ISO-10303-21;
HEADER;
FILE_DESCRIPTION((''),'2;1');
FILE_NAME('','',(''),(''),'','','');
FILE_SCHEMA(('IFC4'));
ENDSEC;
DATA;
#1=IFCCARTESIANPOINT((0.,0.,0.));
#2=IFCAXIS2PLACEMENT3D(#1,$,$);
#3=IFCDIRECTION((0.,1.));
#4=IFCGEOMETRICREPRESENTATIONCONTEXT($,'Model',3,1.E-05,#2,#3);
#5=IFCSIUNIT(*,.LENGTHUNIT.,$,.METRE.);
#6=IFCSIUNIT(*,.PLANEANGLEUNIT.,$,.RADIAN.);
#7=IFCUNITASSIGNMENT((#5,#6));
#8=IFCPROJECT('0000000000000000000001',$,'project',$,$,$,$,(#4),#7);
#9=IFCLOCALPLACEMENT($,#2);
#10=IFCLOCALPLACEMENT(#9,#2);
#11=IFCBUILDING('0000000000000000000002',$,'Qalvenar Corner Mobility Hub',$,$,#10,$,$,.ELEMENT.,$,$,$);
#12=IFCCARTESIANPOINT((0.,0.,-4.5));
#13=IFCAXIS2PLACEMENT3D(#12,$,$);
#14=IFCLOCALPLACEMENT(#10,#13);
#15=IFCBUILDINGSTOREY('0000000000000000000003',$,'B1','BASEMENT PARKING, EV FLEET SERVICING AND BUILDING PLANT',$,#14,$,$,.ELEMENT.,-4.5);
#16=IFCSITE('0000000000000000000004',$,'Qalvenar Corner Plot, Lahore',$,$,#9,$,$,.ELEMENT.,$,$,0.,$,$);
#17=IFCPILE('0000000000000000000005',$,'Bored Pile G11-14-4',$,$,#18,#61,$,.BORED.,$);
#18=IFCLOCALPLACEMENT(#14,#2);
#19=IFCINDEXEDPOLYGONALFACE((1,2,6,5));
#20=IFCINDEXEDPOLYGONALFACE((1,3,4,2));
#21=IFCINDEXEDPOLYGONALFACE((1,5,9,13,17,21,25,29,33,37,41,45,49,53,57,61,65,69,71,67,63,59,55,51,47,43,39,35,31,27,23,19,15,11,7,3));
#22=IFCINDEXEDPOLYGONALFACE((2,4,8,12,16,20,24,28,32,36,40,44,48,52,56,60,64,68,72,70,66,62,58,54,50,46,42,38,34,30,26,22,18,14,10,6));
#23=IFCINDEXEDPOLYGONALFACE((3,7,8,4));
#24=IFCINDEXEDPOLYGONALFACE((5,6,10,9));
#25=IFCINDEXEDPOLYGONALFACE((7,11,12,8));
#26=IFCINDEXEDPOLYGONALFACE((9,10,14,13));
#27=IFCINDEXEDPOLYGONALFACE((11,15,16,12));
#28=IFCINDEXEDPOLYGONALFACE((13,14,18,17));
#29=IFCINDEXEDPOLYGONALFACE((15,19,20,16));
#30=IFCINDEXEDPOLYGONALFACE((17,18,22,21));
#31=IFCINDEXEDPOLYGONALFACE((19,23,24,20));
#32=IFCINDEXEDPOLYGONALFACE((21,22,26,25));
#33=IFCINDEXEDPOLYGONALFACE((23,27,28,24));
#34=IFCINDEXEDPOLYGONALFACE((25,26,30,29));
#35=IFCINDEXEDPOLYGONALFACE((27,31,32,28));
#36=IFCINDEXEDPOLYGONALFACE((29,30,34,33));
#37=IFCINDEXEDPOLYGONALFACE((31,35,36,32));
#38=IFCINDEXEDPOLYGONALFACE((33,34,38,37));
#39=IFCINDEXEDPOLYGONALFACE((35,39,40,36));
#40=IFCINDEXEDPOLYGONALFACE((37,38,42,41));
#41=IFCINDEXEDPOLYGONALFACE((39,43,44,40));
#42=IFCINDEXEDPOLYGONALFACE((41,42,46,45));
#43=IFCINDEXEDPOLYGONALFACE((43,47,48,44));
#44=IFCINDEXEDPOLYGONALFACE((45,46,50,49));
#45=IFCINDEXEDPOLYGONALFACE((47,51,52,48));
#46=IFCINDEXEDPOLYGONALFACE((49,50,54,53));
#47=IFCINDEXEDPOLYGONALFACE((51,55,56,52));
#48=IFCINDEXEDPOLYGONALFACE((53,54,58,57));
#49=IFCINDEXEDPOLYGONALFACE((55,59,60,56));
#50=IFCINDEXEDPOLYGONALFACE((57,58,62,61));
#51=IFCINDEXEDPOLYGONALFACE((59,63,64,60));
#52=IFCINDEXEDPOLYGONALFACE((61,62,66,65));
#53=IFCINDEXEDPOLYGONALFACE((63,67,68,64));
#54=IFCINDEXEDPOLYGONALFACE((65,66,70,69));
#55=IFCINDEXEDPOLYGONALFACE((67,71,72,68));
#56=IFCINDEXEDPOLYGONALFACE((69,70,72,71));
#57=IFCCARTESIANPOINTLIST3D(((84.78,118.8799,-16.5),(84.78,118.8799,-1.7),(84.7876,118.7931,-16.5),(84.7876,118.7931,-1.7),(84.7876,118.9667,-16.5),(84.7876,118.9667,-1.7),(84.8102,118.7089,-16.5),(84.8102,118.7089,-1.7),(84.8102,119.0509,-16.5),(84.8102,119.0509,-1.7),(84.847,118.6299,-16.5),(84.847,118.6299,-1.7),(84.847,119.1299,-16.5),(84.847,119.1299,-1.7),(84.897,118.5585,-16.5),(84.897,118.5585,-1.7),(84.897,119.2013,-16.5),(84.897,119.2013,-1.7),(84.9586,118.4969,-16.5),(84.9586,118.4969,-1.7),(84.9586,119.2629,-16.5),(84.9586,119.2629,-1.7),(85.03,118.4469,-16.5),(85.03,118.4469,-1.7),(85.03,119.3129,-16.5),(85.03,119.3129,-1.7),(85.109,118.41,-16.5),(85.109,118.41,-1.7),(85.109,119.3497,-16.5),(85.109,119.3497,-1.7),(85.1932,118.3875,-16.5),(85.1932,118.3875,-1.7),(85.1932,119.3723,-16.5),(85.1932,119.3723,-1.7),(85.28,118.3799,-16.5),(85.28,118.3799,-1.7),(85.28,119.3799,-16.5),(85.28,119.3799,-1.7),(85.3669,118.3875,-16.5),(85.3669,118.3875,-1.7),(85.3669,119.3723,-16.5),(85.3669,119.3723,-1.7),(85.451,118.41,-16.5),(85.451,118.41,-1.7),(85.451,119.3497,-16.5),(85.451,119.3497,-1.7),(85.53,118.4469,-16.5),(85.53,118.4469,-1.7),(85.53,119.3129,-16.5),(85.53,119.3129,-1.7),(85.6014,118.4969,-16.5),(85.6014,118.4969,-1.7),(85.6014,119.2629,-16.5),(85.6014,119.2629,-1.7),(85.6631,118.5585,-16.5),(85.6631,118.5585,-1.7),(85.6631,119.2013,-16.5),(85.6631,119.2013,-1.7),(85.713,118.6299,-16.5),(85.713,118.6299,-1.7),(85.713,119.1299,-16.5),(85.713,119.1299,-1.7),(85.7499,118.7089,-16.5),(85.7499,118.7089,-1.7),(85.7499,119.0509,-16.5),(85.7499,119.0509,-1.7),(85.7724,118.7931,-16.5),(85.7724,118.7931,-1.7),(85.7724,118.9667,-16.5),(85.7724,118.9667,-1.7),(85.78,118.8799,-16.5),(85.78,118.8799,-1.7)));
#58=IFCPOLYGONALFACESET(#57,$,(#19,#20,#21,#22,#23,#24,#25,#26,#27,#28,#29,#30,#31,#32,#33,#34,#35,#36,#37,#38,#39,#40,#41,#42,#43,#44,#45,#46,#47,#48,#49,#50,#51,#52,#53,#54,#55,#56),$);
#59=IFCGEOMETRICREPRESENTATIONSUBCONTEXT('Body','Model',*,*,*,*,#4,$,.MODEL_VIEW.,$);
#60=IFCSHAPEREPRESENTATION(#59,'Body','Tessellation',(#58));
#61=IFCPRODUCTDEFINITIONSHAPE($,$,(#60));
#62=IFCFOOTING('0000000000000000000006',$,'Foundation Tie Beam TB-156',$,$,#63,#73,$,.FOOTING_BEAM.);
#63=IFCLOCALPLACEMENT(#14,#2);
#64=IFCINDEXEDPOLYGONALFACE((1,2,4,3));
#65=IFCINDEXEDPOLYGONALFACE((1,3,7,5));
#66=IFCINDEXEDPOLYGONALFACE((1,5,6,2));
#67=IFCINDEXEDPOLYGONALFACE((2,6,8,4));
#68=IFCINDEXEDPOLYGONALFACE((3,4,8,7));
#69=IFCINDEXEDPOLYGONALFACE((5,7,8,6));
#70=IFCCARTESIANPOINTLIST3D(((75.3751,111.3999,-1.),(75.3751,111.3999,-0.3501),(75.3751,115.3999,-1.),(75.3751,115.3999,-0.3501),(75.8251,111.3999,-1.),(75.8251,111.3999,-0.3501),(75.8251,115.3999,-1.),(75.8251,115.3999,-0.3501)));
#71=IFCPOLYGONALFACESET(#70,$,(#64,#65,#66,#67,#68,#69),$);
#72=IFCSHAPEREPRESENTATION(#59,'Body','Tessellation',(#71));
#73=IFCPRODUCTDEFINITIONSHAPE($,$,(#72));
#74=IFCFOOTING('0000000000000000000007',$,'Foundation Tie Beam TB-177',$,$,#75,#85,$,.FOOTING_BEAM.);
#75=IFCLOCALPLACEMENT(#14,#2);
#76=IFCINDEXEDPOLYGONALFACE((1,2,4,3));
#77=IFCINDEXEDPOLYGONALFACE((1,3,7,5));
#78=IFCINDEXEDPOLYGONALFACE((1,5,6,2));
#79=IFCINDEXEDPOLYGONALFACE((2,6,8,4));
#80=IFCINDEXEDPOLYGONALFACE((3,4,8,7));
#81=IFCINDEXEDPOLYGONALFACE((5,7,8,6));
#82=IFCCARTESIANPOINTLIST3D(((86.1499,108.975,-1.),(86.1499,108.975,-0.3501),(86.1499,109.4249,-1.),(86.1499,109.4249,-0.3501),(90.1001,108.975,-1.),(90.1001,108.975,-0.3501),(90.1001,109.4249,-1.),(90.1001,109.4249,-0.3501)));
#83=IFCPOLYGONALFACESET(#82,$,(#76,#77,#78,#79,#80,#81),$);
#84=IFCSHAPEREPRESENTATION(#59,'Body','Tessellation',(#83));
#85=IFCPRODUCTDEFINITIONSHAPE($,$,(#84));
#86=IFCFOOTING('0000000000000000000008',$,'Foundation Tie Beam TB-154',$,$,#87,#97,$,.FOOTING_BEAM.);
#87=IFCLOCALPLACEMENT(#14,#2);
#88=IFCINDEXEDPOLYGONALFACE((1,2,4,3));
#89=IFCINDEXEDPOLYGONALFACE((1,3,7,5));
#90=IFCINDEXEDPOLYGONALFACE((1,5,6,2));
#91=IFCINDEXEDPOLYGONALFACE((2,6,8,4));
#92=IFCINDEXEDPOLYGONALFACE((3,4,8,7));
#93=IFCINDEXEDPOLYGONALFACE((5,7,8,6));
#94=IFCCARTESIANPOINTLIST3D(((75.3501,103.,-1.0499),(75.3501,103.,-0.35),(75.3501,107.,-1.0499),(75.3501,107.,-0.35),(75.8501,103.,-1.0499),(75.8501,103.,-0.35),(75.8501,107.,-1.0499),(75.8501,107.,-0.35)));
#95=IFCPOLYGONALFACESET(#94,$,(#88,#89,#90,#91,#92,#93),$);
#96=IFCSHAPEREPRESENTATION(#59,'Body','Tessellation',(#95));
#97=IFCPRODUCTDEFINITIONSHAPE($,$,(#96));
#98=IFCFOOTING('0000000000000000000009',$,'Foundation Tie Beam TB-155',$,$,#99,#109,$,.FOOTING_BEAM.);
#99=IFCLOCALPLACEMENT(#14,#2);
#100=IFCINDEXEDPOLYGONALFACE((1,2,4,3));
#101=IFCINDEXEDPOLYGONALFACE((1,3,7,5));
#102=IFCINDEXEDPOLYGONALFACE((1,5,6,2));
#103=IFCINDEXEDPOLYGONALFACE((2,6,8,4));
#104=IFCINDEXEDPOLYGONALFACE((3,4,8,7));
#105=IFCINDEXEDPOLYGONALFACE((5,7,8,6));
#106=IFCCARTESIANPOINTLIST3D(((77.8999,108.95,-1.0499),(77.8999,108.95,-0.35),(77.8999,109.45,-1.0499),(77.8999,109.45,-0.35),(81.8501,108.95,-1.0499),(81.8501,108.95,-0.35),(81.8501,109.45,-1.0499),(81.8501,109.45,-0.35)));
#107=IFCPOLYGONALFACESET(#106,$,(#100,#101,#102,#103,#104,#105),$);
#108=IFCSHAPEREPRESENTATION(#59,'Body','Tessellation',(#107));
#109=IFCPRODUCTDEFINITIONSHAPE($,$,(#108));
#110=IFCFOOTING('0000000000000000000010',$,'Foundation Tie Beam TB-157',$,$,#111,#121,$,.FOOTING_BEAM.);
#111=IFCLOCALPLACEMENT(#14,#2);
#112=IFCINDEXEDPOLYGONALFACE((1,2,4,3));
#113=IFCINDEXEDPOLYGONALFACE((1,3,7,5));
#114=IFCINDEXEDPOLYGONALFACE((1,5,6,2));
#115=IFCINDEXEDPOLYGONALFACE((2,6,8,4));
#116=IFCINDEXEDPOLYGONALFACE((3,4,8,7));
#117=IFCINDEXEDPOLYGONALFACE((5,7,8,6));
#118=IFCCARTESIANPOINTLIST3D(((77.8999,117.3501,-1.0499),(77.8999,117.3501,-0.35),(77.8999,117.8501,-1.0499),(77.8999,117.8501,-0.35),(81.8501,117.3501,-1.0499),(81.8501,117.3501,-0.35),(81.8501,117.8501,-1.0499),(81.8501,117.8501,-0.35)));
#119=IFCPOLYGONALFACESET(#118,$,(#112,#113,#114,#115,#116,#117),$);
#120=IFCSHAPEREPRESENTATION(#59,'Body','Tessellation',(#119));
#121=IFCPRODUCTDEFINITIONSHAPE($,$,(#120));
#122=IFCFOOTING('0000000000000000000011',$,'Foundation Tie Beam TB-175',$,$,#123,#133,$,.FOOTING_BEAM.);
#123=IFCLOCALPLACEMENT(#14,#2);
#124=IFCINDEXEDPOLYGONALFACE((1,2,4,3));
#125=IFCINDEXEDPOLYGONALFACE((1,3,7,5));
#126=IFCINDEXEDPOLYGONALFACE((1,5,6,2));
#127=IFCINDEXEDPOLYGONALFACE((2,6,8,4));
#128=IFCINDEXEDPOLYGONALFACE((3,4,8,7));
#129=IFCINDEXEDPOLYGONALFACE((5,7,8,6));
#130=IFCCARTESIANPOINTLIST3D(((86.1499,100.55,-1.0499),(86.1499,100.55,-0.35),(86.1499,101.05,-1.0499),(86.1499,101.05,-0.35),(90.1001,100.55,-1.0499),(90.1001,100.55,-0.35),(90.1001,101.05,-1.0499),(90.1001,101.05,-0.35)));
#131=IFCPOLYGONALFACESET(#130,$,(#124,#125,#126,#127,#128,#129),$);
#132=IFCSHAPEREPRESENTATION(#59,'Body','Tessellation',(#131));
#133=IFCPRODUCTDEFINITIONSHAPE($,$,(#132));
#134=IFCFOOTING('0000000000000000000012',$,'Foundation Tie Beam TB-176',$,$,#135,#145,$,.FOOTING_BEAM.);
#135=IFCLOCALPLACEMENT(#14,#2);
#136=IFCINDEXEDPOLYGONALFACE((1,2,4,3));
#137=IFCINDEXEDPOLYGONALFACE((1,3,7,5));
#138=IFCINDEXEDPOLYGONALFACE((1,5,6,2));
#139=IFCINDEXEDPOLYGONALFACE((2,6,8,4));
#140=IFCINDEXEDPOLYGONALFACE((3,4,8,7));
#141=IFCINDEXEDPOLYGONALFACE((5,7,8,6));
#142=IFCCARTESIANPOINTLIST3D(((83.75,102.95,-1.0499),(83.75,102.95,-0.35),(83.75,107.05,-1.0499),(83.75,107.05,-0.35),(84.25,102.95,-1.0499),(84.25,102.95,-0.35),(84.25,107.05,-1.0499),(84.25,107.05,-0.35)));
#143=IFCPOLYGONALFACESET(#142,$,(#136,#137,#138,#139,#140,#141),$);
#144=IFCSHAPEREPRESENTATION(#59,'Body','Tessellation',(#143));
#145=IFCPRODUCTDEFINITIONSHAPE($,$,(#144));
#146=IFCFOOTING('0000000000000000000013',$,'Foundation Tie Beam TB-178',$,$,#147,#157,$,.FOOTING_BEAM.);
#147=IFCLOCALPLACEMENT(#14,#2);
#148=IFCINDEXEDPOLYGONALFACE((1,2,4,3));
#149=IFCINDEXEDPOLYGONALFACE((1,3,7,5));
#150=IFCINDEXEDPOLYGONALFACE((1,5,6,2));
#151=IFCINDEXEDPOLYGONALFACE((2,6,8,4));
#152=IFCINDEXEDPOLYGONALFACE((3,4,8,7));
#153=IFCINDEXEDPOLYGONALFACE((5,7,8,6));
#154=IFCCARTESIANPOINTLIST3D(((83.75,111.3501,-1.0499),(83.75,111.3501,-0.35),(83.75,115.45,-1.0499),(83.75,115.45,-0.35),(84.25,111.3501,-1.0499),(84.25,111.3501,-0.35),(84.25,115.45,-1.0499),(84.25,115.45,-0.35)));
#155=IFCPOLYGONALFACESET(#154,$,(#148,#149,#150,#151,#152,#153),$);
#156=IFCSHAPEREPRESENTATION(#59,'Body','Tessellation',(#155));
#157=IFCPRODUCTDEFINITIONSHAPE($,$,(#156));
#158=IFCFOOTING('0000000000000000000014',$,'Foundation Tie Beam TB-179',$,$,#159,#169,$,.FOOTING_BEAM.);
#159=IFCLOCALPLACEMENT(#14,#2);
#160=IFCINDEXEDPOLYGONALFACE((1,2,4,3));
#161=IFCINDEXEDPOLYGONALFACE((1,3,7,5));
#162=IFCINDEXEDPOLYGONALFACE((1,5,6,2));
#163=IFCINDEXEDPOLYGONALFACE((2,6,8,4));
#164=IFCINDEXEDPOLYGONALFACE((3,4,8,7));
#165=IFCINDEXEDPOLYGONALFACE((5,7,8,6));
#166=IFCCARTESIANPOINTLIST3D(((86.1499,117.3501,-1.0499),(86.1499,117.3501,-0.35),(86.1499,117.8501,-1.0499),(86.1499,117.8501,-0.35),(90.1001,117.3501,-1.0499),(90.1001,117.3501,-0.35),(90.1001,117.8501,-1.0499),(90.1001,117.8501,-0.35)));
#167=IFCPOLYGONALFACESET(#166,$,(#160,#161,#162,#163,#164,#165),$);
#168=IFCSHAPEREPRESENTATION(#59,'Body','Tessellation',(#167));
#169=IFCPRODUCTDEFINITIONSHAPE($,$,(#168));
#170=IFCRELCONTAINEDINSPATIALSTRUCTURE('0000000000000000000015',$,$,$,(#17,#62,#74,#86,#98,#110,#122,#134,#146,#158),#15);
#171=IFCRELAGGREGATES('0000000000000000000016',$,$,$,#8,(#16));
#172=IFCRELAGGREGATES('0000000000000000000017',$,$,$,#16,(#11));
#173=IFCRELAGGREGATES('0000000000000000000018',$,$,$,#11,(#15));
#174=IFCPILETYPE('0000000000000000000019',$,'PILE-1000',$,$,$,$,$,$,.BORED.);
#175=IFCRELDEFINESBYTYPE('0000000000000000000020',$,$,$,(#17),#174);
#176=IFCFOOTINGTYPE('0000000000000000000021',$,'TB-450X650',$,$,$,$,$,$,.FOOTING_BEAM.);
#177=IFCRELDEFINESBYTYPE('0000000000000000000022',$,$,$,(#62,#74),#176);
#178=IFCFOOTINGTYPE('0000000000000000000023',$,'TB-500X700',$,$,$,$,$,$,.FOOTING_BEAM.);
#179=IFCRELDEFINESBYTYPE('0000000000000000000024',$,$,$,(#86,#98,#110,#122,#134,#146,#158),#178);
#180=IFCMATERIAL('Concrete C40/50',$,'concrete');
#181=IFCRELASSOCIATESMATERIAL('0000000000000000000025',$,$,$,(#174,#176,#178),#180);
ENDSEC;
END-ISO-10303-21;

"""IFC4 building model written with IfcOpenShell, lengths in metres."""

from ifc_helpers import new_model, si_unit, direction, frame, origin, origin_2d, place, context, subcontext, project, spatial, rectangle, circle, extrude, material, material_profile, profile_set, type_object, element, save


model = new_model("IFC4")

# Units and contexts
model_context = context("Model", 3, precision=1e-05, world=origin(), true_north=direction((0.0, 1.0)))
body_context = subcontext(model_context, "Body", "Model", "MODEL_VIEW")
ifc_project = project(units=[si_unit("LENGTHUNIT", "METRE"), si_unit("PLANEANGLEUNIT", "RADIAN")], contexts=[model_context])

# Site, building, storey
site_placement = place(None, origin())
site = spatial("IfcSite", under=ifc_project, at=site_placement, Name="Qalvenar Corner Plot, Lahore", CompositionType="ELEMENT", RefElevation=0.0)
building_placement = place(site_placement, origin())
building = spatial("IfcBuilding", under=site, at=building_placement, Name="Qalvenar Corner Mobility Hub", CompositionType="ELEMENT")
storey_placement = place(building_placement, frame((0.0, 0.0, -4.5)))
storey = spatial("IfcBuildingStorey", under=building, at=storey_placement, Name="B1", Description="BASEMENT PARKING, EV FLEET SERVICING AND BUILDING PLANT", CompositionType="ELEMENT", Elevation=-4.5)

# Shared definitions
ifc_material_1 = material(Name="Concrete C40/50", Category="concrete")

# Pile
ifc_material_profile_1 = material_profile(ifc_material_1, circle(Radius=0.5, at=origin_2d()), Name="DIA1000")
ifc_profile_set_1 = profile_set([ifc_material_profile_1], Name="Concrete C40/50")
pile_type = type_object("IfcPileType", Name="PILE-1000", PredefinedType="BORED", material=ifc_profile_set_1)
for number, where, z_axis, x_axis, name in (
    (1, (85.28, 118.8799, -1.7), (0.0, 0.0, -1.0), (1.0, 0.0, 0.0), "Bored Pile G11-14-4"),
):
    element("IfcPile", number, at=place(storey_placement, frame(where, z_axis=z_axis, x_axis=x_axis)), inside=storey, type_object=pile_type, Name=name, PredefinedType="BORED", context=body_context, shape_type="SweptSolid", body=[
        extrude(circle(Radius=0.5, at=origin_2d()), origin(), (0.0, 0.0, 1.0), 14.8),
    ])

# Footings
ifc_material_profile_2 = material_profile(ifc_material_1, rectangle(XDim=0.45, YDim=0.6499, at=origin_2d()), Name="RC450x650")
ifc_profile_set_2 = profile_set([ifc_material_profile_2], Name="Concrete C40/50")
footing_type_1 = type_object("IfcFootingType", Name="TB-450X650", PredefinedType="FOOTING_BEAM", material=ifc_profile_set_2)
footing_1_placement = place(storey_placement, frame((75.6001, 111.3999, -0.675), z_axis=(0.0, 1.0, 0.0), x_axis=(-1.0, 0.0, 0.0)))
element("IfcFooting", 2, at=footing_1_placement, inside=storey, type_object=footing_type_1, Name="Foundation Tie Beam TB-156", PredefinedType="FOOTING_BEAM", context=body_context, shape_type="SweptSolid", body=[
    extrude(rectangle(XDim=0.45, YDim=0.6499, at=origin_2d()), origin(), (0.0, 0.0, 1.0), 4.0),
])
footing_2_placement = place(storey_placement, frame((86.1499, 109.2, -0.675), z_axis=(1.0, 0.0, 0.0), x_axis=(0.0, 1.0, 0.0)))
element("IfcFooting", 3, at=footing_2_placement, inside=storey, type_object=footing_type_1, Name="Foundation Tie Beam TB-177", PredefinedType="FOOTING_BEAM", context=body_context, shape_type="SweptSolid", body=[
    extrude(rectangle(XDim=0.45, YDim=0.6499, at=origin_2d()), origin(), (0.0, 0.0, 1.0), 3.9502),
])
ifc_material_profile_3 = material_profile(ifc_material_1, rectangle(XDim=0.5, YDim=0.7, at=origin_2d()), Name="RC500x700")
ifc_profile_set_3 = profile_set([ifc_material_profile_3], Name="Concrete C40/50")
footing_type_2 = type_object("IfcFootingType", Name="TB-500X700", PredefinedType="FOOTING_BEAM", material=ifc_profile_set_3)
footing_3_placement = place(storey_placement, frame((75.6001, 103.0, -0.7), z_axis=(0.0, 1.0, 0.0), x_axis=(-1.0, 0.0, 0.0)))
element("IfcFooting", 4, at=footing_3_placement, inside=storey, type_object=footing_type_2, Name="Foundation Tie Beam TB-154", PredefinedType="FOOTING_BEAM", context=body_context, shape_type="SweptSolid", body=[
    extrude(rectangle(XDim=0.5, YDim=0.7, at=origin_2d()), origin(), (0.0, 0.0, 1.0), 4.0),
])
for number, where, z_axis, x_axis, name in (
    (5, (77.8999, 109.2, -0.7), (1.0, 0.0, 0.0), (0.0, 1.0, 0.0), "Foundation Tie Beam TB-155"),
    (6, (77.8999, 117.6001, -0.7), (1.0, 0.0, 0.0), (0.0, 1.0, 0.0), "Foundation Tie Beam TB-157"),
    (7, (86.1499, 100.8, -0.7), (1.0, 0.0, 0.0), (0.0, 1.0, 0.0), "Foundation Tie Beam TB-175"),
):
    element("IfcFooting", number, at=place(storey_placement, frame(where, z_axis=z_axis, x_axis=x_axis)), inside=storey, type_object=footing_type_2, Name=name, PredefinedType="FOOTING_BEAM", context=body_context, shape_type="SweptSolid", body=[
        extrude(rectangle(XDim=0.5, YDim=0.7, at=origin_2d()), origin(), (0.0, 0.0, 1.0), 3.9502),
    ])
footing_4_placement = place(storey_placement, frame((84.0, 102.95, -0.7), z_axis=(0.0, 1.0, 0.0), x_axis=(-1.0, 0.0, 0.0)))
element("IfcFooting", 8, at=footing_4_placement, inside=storey, type_object=footing_type_2, Name="Foundation Tie Beam TB-176", PredefinedType="FOOTING_BEAM", context=body_context, shape_type="SweptSolid", body=[
    extrude(rectangle(XDim=0.5, YDim=0.7, at=origin_2d()), origin(), (0.0, 0.0, 1.0), 4.1001),
])
footing_5_placement = place(storey_placement, frame((84.0, 111.3501, -0.7), z_axis=(0.0, 1.0, 0.0), x_axis=(-1.0, 0.0, 0.0)))
element("IfcFooting", 9, at=footing_5_placement, inside=storey, type_object=footing_type_2, Name="Foundation Tie Beam TB-178", PredefinedType="FOOTING_BEAM", context=body_context, shape_type="SweptSolid", body=[
    extrude(rectangle(XDim=0.5, YDim=0.7, at=origin_2d()), origin(), (0.0, 0.0, 1.0), 4.0999),
])
footing_6_placement = place(storey_placement, frame((86.1499, 117.6001, -0.7), z_axis=(1.0, 0.0, 0.0), x_axis=(0.0, 1.0, 0.0)))
element("IfcFooting", 10, at=footing_6_placement, inside=storey, type_object=footing_type_2, Name="Foundation Tie Beam TB-179", PredefinedType="FOOTING_BEAM", context=body_context, shape_type="SweptSolid", body=[
    extrude(rectangle(XDim=0.5, YDim=0.7, at=origin_2d()), origin(), (0.0, 0.0, 1.0), 3.9502),
])

save(model, "model.ifc")
